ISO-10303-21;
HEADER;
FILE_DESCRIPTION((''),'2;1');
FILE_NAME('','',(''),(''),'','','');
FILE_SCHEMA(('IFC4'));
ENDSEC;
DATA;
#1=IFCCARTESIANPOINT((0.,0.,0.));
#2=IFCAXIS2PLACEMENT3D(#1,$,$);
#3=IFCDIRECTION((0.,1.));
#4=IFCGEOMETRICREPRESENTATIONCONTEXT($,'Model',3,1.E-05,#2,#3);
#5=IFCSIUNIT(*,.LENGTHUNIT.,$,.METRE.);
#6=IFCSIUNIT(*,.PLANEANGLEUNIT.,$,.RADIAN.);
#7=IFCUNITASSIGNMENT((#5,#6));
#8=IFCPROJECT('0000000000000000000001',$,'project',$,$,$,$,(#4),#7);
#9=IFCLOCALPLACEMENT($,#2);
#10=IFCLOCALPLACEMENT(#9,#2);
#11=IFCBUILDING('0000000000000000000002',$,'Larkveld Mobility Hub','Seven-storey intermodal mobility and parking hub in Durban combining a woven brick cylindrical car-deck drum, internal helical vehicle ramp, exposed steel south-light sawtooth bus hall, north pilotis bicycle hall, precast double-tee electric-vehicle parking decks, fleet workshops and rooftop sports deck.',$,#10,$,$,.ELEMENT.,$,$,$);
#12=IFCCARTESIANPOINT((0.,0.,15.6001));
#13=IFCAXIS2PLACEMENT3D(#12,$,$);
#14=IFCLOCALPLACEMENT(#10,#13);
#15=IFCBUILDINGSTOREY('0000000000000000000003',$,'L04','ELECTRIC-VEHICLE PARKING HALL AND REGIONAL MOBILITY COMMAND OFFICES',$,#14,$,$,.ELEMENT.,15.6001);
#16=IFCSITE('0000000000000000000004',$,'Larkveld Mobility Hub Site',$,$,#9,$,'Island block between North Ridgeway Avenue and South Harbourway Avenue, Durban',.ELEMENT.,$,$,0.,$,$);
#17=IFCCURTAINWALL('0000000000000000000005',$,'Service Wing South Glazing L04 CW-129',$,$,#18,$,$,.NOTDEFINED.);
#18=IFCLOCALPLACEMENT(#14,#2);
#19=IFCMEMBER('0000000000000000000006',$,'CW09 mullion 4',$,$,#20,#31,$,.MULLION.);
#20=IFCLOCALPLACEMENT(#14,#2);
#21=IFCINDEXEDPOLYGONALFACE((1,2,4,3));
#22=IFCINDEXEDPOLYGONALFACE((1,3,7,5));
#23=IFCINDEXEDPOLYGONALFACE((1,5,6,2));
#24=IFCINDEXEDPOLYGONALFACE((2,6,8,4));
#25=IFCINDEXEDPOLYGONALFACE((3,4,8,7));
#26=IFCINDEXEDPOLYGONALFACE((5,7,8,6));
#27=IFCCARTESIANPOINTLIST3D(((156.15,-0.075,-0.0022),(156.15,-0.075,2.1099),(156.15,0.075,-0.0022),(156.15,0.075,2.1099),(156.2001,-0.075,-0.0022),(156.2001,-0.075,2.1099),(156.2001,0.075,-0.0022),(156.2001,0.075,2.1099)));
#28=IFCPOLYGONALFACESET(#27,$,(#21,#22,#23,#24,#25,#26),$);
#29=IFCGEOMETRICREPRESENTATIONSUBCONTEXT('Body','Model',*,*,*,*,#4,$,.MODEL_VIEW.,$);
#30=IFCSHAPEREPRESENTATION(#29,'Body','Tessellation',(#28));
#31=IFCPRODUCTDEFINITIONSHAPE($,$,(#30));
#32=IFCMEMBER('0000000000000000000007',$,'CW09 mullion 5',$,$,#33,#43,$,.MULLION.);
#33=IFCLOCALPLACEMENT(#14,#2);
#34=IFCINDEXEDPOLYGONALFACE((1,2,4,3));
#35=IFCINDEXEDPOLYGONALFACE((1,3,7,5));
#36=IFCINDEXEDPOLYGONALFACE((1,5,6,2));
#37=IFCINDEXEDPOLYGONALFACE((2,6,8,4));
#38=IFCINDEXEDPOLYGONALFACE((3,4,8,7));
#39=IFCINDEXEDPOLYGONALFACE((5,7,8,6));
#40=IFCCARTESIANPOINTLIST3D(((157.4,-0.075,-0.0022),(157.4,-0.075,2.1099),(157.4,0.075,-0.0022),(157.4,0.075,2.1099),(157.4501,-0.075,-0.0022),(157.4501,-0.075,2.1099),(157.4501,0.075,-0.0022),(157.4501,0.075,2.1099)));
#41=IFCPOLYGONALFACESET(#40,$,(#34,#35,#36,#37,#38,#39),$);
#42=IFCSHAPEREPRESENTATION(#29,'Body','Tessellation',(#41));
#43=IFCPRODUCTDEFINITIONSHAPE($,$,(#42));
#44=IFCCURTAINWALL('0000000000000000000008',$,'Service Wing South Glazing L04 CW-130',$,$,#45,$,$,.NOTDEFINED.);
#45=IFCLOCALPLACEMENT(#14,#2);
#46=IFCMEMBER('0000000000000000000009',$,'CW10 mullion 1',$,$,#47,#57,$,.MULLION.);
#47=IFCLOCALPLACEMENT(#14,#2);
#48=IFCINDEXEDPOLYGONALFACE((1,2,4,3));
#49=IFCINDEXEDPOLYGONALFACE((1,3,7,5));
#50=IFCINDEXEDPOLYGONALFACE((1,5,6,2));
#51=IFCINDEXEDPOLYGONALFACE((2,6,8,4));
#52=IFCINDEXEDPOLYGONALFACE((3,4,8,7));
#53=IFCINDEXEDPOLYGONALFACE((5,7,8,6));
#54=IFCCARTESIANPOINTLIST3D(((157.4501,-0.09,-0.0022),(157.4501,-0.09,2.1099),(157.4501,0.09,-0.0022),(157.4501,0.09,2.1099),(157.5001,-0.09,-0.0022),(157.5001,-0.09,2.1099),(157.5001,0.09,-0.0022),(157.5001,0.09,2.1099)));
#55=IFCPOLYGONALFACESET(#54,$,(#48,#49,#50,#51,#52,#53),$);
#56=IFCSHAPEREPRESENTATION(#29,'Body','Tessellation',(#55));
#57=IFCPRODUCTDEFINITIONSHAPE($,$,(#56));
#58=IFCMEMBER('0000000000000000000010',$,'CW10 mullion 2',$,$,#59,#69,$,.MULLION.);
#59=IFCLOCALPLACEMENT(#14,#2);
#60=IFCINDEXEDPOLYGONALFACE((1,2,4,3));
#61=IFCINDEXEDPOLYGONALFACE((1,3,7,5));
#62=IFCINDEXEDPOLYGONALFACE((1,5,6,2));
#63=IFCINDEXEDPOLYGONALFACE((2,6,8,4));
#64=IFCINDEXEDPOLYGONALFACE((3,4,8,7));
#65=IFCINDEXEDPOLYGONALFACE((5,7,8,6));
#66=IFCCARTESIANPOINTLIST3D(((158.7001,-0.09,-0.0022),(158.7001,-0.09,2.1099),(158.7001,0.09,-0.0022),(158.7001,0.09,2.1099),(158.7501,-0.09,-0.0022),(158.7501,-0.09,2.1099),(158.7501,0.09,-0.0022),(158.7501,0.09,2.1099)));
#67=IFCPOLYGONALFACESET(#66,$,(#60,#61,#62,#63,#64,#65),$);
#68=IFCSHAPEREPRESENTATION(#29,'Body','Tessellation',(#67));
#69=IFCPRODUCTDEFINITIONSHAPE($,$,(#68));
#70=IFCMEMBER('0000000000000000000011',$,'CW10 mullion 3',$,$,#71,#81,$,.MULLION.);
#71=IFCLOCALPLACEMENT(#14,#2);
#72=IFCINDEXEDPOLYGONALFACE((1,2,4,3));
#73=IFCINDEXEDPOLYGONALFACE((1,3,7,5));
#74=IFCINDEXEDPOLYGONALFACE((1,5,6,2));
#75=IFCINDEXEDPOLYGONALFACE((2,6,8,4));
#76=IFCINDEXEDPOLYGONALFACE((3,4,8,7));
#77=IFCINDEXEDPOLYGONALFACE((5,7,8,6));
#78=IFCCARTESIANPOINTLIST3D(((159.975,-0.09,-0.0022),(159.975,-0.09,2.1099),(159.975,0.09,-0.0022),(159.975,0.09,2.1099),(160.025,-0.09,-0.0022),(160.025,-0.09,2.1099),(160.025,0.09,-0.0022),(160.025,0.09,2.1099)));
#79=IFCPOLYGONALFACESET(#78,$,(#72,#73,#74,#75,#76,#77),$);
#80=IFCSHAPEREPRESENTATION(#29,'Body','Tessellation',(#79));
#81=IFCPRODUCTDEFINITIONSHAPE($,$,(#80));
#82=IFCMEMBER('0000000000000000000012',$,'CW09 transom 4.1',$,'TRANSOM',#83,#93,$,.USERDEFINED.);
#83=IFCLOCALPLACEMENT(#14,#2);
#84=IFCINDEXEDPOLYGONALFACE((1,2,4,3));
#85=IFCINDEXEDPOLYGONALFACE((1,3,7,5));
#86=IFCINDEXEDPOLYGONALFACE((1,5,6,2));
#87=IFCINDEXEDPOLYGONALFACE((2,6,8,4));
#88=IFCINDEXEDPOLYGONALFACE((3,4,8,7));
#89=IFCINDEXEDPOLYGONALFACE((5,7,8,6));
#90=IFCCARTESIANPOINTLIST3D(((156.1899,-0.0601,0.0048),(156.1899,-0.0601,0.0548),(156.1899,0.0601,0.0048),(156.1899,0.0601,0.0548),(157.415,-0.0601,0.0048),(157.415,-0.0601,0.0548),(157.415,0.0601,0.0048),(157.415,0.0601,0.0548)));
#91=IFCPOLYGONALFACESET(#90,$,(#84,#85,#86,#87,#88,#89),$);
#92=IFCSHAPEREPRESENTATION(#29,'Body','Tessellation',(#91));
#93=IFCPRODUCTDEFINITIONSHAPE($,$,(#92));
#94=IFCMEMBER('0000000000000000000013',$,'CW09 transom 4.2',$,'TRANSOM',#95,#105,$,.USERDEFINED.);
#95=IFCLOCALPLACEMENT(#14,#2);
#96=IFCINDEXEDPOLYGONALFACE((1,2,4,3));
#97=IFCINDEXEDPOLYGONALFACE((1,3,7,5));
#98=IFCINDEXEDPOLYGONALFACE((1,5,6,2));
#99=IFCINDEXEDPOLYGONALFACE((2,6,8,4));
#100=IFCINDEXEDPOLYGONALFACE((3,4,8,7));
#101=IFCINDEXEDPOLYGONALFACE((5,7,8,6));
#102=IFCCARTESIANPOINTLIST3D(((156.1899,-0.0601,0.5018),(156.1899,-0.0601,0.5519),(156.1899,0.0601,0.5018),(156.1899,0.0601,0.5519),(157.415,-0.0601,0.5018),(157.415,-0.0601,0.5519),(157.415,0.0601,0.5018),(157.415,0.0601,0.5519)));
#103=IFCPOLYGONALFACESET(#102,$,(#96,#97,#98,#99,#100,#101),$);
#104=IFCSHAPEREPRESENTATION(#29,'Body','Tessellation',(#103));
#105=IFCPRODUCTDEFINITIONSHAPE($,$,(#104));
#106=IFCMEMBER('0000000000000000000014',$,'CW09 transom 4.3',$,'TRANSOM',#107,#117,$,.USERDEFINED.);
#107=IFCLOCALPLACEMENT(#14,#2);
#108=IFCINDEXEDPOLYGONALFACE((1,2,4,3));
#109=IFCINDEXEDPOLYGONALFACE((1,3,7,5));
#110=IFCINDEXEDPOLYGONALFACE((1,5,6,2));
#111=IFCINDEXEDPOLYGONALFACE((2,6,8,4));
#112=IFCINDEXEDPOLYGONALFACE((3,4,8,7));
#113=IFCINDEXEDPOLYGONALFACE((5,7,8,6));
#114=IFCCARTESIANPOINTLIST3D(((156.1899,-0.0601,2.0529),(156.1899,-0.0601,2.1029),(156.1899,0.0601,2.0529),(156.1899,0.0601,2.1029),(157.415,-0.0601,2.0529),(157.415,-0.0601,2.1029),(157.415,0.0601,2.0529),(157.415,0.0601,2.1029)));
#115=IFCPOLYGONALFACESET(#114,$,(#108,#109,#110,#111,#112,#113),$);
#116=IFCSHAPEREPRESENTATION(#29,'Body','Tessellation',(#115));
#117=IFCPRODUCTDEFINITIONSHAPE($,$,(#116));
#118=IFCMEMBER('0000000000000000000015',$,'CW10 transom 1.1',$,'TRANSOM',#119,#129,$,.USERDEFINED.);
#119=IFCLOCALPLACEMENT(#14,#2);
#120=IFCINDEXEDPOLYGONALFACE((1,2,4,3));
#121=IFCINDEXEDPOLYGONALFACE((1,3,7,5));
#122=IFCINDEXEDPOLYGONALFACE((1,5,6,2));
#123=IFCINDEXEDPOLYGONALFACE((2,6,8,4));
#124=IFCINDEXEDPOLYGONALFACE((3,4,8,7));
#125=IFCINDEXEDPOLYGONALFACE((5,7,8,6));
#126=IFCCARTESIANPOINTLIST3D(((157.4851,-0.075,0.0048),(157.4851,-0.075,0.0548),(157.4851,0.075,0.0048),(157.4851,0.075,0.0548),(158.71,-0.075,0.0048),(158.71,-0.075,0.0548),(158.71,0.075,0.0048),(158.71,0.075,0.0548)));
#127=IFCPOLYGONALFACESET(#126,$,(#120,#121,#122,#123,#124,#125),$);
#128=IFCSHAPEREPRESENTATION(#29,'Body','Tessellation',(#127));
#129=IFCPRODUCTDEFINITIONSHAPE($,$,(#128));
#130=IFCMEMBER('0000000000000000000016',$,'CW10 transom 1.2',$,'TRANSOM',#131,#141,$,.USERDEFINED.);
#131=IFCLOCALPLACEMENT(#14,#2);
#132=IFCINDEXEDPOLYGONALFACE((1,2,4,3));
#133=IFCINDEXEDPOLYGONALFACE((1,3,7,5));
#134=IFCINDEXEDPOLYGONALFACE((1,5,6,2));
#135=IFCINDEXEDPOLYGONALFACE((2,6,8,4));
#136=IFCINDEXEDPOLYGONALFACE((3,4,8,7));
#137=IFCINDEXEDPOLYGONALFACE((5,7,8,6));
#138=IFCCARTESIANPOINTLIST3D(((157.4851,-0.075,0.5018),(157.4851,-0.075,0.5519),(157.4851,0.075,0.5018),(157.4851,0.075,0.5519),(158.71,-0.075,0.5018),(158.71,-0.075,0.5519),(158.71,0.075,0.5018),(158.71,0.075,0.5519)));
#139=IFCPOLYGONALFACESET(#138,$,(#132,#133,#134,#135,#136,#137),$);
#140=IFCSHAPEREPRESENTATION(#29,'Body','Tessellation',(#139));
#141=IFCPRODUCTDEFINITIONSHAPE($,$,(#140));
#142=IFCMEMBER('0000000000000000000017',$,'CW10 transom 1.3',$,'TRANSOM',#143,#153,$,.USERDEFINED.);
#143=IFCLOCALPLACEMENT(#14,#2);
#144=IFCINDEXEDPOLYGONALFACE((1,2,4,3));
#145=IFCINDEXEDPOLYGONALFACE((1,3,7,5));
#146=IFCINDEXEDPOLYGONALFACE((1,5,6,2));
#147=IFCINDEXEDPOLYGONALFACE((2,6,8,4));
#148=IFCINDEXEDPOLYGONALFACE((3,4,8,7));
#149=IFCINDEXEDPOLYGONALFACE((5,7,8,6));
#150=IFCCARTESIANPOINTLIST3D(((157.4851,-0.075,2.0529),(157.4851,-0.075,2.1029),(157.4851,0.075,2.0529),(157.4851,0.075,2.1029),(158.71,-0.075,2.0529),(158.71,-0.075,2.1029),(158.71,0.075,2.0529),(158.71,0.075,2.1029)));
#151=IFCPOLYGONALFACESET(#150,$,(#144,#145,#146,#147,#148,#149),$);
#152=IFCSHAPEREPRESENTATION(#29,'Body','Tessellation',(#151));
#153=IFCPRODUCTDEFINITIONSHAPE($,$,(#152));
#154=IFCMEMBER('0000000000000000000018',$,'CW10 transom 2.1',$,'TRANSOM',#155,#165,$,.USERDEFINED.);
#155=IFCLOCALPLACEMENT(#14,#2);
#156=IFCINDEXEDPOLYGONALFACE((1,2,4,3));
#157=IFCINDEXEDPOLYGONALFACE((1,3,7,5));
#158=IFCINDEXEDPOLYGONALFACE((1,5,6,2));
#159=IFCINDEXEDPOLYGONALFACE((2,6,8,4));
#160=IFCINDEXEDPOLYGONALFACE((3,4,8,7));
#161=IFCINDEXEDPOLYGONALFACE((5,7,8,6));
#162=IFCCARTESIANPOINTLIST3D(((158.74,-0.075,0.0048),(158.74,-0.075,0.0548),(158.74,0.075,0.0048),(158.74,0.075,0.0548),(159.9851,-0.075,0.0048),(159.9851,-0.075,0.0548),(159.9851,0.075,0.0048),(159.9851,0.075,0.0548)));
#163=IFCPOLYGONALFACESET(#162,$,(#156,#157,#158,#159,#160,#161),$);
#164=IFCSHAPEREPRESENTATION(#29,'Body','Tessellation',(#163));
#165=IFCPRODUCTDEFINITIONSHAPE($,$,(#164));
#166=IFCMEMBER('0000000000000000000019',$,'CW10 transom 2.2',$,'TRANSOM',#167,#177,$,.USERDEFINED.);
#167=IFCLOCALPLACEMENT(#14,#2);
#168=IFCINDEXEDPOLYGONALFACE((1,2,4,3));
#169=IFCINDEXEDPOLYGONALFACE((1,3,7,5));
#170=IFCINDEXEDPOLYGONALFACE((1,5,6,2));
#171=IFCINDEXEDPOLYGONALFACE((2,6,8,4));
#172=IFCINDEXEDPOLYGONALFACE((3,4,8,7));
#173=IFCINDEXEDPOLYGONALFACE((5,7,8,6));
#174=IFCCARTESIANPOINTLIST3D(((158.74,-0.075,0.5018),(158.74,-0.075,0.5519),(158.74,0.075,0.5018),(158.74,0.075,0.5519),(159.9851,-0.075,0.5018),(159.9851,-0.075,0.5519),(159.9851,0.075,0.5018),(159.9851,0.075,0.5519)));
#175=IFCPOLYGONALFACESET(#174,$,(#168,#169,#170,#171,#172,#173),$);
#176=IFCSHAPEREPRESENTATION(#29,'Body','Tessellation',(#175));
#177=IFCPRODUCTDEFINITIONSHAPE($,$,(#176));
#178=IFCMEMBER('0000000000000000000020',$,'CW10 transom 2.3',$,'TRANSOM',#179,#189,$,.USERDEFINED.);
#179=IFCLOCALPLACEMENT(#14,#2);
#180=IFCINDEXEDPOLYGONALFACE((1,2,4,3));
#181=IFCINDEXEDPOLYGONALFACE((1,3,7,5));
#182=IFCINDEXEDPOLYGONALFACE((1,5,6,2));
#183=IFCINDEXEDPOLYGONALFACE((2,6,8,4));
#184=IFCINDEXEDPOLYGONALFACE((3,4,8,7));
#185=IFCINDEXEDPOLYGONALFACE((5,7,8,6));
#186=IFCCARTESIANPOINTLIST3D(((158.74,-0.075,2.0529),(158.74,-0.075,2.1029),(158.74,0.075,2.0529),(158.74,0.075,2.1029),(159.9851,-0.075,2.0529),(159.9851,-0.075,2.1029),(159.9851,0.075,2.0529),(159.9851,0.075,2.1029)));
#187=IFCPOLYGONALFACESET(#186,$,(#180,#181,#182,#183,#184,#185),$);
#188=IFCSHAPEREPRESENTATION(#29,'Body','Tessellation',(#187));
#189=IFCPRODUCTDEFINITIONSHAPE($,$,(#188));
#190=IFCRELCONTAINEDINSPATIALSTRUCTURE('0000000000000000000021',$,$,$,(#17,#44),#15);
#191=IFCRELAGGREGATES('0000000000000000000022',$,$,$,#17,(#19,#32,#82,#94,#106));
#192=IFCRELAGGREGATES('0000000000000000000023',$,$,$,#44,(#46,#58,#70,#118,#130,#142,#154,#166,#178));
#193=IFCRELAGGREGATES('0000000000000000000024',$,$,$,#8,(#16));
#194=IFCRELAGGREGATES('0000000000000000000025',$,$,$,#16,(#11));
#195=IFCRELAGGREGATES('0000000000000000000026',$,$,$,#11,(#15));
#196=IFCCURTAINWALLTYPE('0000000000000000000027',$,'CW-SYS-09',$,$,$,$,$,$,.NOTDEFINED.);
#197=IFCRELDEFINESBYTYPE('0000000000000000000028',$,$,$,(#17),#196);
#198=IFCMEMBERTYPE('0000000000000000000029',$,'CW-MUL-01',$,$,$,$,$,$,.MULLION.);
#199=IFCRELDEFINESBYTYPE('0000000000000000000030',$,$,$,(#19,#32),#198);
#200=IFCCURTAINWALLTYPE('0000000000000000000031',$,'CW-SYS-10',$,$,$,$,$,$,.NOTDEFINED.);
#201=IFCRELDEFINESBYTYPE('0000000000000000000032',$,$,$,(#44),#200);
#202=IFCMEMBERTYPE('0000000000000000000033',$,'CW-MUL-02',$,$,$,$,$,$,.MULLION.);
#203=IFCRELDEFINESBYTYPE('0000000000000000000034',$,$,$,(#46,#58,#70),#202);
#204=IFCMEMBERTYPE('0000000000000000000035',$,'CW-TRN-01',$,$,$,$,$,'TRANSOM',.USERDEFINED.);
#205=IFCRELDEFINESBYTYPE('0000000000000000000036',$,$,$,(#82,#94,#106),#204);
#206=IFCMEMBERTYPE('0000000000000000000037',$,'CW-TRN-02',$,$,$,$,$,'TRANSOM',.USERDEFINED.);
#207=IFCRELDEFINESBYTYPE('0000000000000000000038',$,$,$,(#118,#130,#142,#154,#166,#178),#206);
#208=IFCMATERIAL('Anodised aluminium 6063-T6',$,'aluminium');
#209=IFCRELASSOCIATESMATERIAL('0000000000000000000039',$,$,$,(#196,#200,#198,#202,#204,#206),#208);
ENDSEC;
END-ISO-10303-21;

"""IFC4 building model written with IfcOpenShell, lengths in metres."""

from ifc_helpers import new_model, si_unit, direction, frame, origin, origin_2d, place, context, subcontext, project, spatial, rectangle, extrude, material, material_profile, profile_set, type_object, element, aggregate, save


model = new_model("IFC4")

# Units and contexts
model_context = context("Model", 3, precision=1e-05, world=origin(), true_north=direction((0.0, 1.0)))
body_context = subcontext(model_context, "Body", "Model", "MODEL_VIEW")
ifc_project = project(units=[si_unit("LENGTHUNIT", "METRE"), si_unit("PLANEANGLEUNIT", "RADIAN")], contexts=[model_context])

# Site, building, storey
site_placement = place(None, origin())
site = spatial("IfcSite", under=ifc_project, at=site_placement, Name="Larkveld Mobility Hub Site", LongName="Island block between North Ridgeway Avenue and South Harbourway Avenue, Durban", CompositionType="ELEMENT", RefElevation=0.0)
building_placement = place(site_placement, origin())
building = spatial("IfcBuilding", under=site, at=building_placement, Name="Larkveld Mobility Hub", Description="Seven-storey intermodal mobility and parking hub in Durban combining a woven brick cylindrical car-deck drum, internal helical vehicle ramp, exposed steel south-light sawtooth bus hall, north pilotis bicycle hall, precast double-tee electric-vehicle parking decks, fleet workshops and rooftop sports deck.", CompositionType="ELEMENT")
storey_placement = place(building_placement, frame((0.0, 0.0, 15.6001)))
storey = spatial("IfcBuildingStorey", under=building, at=storey_placement, Name="L04", Description="ELECTRIC-VEHICLE PARKING HALL AND REGIONAL MOBILITY COMMAND OFFICES", CompositionType="ELEMENT", Elevation=15.6001)

# Curtain walls, members
ifc_material_1 = material(Name="Anodised aluminium 6063-T6", Category="aluminium")
curtain_wall_type_1 = type_object("IfcCurtainWallType", Name="CW-SYS-09", PredefinedType="NOTDEFINED", material=ifc_material_1)
curtain_wall_1_placement = place(storey_placement, origin())
curtain_wall_1 = element("IfcCurtainWall", 1, at=curtain_wall_1_placement, inside=storey, type_object=curtain_wall_type_1, Name="Service Wing South Glazing L04 CW-129", PredefinedType="NOTDEFINED")
ifc_material_profile_1 = material_profile(ifc_material_1, rectangle(XDim=0.05, YDim=0.1499, at=origin_2d()), Name="ALU MULL 50x150")
ifc_profile_set_1 = profile_set([ifc_material_profile_1], Name="Anodised aluminium 6063-T6")
member_type_1 = type_object("IfcMemberType", Name="CW-MUL-01", PredefinedType="MULLION", material=ifc_profile_set_1)
member_1_placement = place(storey_placement, frame((156.175, 0.0, -0.0022), z_axis=(0.0, 0.0, 1.0), x_axis=(1.0, 0.0, 0.0)))
member_1 = element("IfcMember", 2, at=member_1_placement, type_object=member_type_1, Name="CW09 mullion 4", PredefinedType="MULLION", context=body_context, shape_type="SweptSolid", body=[
    extrude(rectangle(XDim=0.05, YDim=0.1499, at=origin_2d()), origin(), (0.0, 0.0, 1.0), 2.1121),
])
member_2_placement = place(storey_placement, frame((157.425, 0.0, -0.0022), z_axis=(0.0, 0.0, 1.0), x_axis=(1.0, 0.0, 0.0)))
member_2 = element("IfcMember", 3, at=member_2_placement, type_object=member_type_1, Name="CW09 mullion 5", PredefinedType="MULLION", context=body_context, shape_type="SweptSolid", body=[
    extrude(rectangle(XDim=0.05, YDim=0.1499, at=origin_2d()), origin(), (0.0, 0.0, 1.0), 2.1121),
])
curtain_wall_type_2 = type_object("IfcCurtainWallType", Name="CW-SYS-10", PredefinedType="NOTDEFINED", material=ifc_material_1)
curtain_wall_2_placement = place(storey_placement, origin())
curtain_wall_2 = element("IfcCurtainWall", 4, at=curtain_wall_2_placement, inside=storey, type_object=curtain_wall_type_2, Name="Service Wing South Glazing L04 CW-130", PredefinedType="NOTDEFINED")
ifc_material_profile_2 = material_profile(ifc_material_1, rectangle(XDim=0.05, YDim=0.1799, at=origin_2d()), Name="ALU MULL 50x180")
ifc_profile_set_2 = profile_set([ifc_material_profile_2], Name="Anodised aluminium 6063-T6")
member_type_2 = type_object("IfcMemberType", Name="CW-MUL-02", PredefinedType="MULLION", material=ifc_profile_set_2)
member_3_placement = place(storey_placement, frame((157.4751, 0.0, -0.0022), z_axis=(0.0, 0.0, 1.0), x_axis=(1.0, 0.0, 0.0)))
member_3 = element("IfcMember", 5, at=member_3_placement, type_object=member_type_2, Name="CW10 mullion 1", PredefinedType="MULLION", context=body_context, shape_type="SweptSolid", body=[
    extrude(rectangle(XDim=0.05, YDim=0.1799, at=origin_2d()), origin(), (0.0, 0.0, 1.0), 2.1121),
])
member_4_placement = place(storey_placement, frame((158.7251, 0.0, -0.0022), z_axis=(0.0, 0.0, 1.0), x_axis=(1.0, 0.0, 0.0)))
member_4 = element("IfcMember", 6, at=member_4_placement, type_object=member_type_2, Name="CW10 mullion 2", PredefinedType="MULLION", context=body_context, shape_type="SweptSolid", body=[
    extrude(rectangle(XDim=0.05, YDim=0.1799, at=origin_2d()), origin(), (0.0, 0.0, 1.0), 2.1121),
])
member_5_placement = place(storey_placement, frame((160.0, 0.0, -0.0022), z_axis=(0.0, 0.0, 1.0), x_axis=(1.0, 0.0, 0.0)))
member_5 = element("IfcMember", 7, at=member_5_placement, type_object=member_type_2, Name="CW10 mullion 3", PredefinedType="MULLION", context=body_context, shape_type="SweptSolid", body=[
    extrude(rectangle(XDim=0.05, YDim=0.1799, at=origin_2d()), origin(), (0.0, 0.0, 1.0), 2.1121),
])

# Members
ifc_material_profile_3 = material_profile(ifc_material_1, rectangle(XDim=0.1201, YDim=0.05, at=origin_2d()), Name="ALU TRAN 50x120")
ifc_profile_set_3 = profile_set([ifc_material_profile_3], Name="Anodised aluminium 6063-T6")
member_type_3 = type_object("IfcMemberType", Name="CW-TRN-01", ElementType="TRANSOM", PredefinedType="USERDEFINED", material=ifc_profile_set_3)
member_6_placement = place(storey_placement, frame((156.1899, 0.0, 0.0298), z_axis=(1.0, 0.0, 0.0), x_axis=(0.0, 1.0, 0.0)))
member_6 = element("IfcMember", 8, at=member_6_placement, type_object=member_type_3, Name="CW09 transom 4.1", ObjectType="TRANSOM", PredefinedType="USERDEFINED", context=body_context, shape_type="SweptSolid", body=[
    extrude(rectangle(XDim=0.1201, YDim=0.05, at=origin_2d()), origin(), (0.0, 0.0, 1.0), 1.2251),
])
member_7_placement = place(storey_placement, frame((156.1899, 0.0, 0.5269), z_axis=(1.0, 0.0, 0.0), x_axis=(0.0, 1.0, 0.0)))
member_7 = element("IfcMember", 9, at=member_7_placement, type_object=member_type_3, Name="CW09 transom 4.2", ObjectType="TRANSOM", PredefinedType="USERDEFINED", context=body_context, shape_type="SweptSolid", body=[
    extrude(rectangle(XDim=0.1201, YDim=0.05, at=origin_2d()), origin(), (0.0, 0.0, 1.0), 1.2251),
])
member_8_placement = place(storey_placement, frame((156.1899, 0.0, 2.0779), z_axis=(1.0, 0.0, 0.0), x_axis=(0.0, 1.0, 0.0)))
member_8 = element("IfcMember", 10, at=member_8_placement, type_object=member_type_3, Name="CW09 transom 4.3", ObjectType="TRANSOM", PredefinedType="USERDEFINED", context=body_context, shape_type="SweptSolid", body=[
    extrude(rectangle(XDim=0.1201, YDim=0.05, at=origin_2d()), origin(), (0.0, 0.0, 1.0), 1.2251),
])
ifc_material_profile_4 = material_profile(ifc_material_1, rectangle(XDim=0.1499, YDim=0.05, at=origin_2d()), Name="ALU TRAN 50x150")
ifc_profile_set_4 = profile_set([ifc_material_profile_4], Name="Anodised aluminium 6063-T6")
member_type_4 = type_object("IfcMemberType", Name="CW-TRN-02", ElementType="TRANSOM", PredefinedType="USERDEFINED", material=ifc_profile_set_4)
member_9_placement = place(storey_placement, frame((157.4851, 0.0, 0.0298), z_axis=(1.0, 0.0, 0.0), x_axis=(0.0, 1.0, 0.0)))
member_9 = element("IfcMember", 11, at=member_9_placement, type_object=member_type_4, Name="CW10 transom 1.1", ObjectType="TRANSOM", PredefinedType="USERDEFINED", context=body_context, shape_type="SweptSolid", body=[
    extrude(rectangle(XDim=0.1499, YDim=0.05, at=origin_2d()), origin(), (0.0, 0.0, 1.0), 1.2249),
])
member_10_placement = place(storey_placement, frame((157.4851, 0.0, 0.5269), z_axis=(1.0, 0.0, 0.0), x_axis=(0.0, 1.0, 0.0)))
member_10 = element("IfcMember", 12, at=member_10_placement, type_object=member_type_4, Name="CW10 transom 1.2", ObjectType="TRANSOM", PredefinedType="USERDEFINED", context=body_context, shape_type="SweptSolid", body=[
    extrude(rectangle(XDim=0.1499, YDim=0.05, at=origin_2d()), origin(), (0.0, 0.0, 1.0), 1.2249),
])
member_11_placement = place(storey_placement, frame((157.4851, 0.0, 2.0779), z_axis=(1.0, 0.0, 0.0), x_axis=(0.0, 1.0, 0.0)))
member_11 = element("IfcMember", 13, at=member_11_placement, type_object=member_type_4, Name="CW10 transom 1.3", ObjectType="TRANSOM", PredefinedType="USERDEFINED", context=body_context, shape_type="SweptSolid", body=[
    extrude(rectangle(XDim=0.1499, YDim=0.05, at=origin_2d()), origin(), (0.0, 0.0, 1.0), 1.2249),
])
member_12_placement = place(storey_placement, frame((158.74, 0.0, 0.0298), z_axis=(1.0, 0.0, 0.0), x_axis=(0.0, 1.0, 0.0)))
member_12 = element("IfcMember", 14, at=member_12_placement, type_object=member_type_4, Name="CW10 transom 2.1", ObjectType="TRANSOM", PredefinedType="USERDEFINED", context=body_context, shape_type="SweptSolid", body=[
    extrude(rectangle(XDim=0.1499, YDim=0.05, at=origin_2d()), origin(), (0.0, 0.0, 1.0), 1.2451),
])
member_13_placement = place(storey_placement, frame((158.74, 0.0, 0.5269), z_axis=(1.0, 0.0, 0.0), x_axis=(0.0, 1.0, 0.0)))
member_13 = element("IfcMember", 15, at=member_13_placement, type_object=member_type_4, Name="CW10 transom 2.2", ObjectType="TRANSOM", PredefinedType="USERDEFINED", context=body_context, shape_type="SweptSolid", body=[
    extrude(rectangle(XDim=0.1499, YDim=0.05, at=origin_2d()), origin(), (0.0, 0.0, 1.0), 1.2451),
])
member_14_placement = place(storey_placement, frame((158.74, 0.0, 2.0779), z_axis=(1.0, 0.0, 0.0), x_axis=(0.0, 1.0, 0.0)))
member_14 = element("IfcMember", 16, at=member_14_placement, type_object=member_type_4, Name="CW10 transom 2.3", ObjectType="TRANSOM", PredefinedType="USERDEFINED", context=body_context, shape_type="SweptSolid", body=[
    extrude(rectangle(XDim=0.1499, YDim=0.05, at=origin_2d()), origin(), (0.0, 0.0, 1.0), 1.2451),
])

aggregate(curtain_wall_1, [member_1, member_2, member_6, member_7, member_8])
aggregate(curtain_wall_2, [member_3, member_4, member_5, member_9, member_10, member_11, member_12, member_13, member_14])

save(model, "model.ifc")
